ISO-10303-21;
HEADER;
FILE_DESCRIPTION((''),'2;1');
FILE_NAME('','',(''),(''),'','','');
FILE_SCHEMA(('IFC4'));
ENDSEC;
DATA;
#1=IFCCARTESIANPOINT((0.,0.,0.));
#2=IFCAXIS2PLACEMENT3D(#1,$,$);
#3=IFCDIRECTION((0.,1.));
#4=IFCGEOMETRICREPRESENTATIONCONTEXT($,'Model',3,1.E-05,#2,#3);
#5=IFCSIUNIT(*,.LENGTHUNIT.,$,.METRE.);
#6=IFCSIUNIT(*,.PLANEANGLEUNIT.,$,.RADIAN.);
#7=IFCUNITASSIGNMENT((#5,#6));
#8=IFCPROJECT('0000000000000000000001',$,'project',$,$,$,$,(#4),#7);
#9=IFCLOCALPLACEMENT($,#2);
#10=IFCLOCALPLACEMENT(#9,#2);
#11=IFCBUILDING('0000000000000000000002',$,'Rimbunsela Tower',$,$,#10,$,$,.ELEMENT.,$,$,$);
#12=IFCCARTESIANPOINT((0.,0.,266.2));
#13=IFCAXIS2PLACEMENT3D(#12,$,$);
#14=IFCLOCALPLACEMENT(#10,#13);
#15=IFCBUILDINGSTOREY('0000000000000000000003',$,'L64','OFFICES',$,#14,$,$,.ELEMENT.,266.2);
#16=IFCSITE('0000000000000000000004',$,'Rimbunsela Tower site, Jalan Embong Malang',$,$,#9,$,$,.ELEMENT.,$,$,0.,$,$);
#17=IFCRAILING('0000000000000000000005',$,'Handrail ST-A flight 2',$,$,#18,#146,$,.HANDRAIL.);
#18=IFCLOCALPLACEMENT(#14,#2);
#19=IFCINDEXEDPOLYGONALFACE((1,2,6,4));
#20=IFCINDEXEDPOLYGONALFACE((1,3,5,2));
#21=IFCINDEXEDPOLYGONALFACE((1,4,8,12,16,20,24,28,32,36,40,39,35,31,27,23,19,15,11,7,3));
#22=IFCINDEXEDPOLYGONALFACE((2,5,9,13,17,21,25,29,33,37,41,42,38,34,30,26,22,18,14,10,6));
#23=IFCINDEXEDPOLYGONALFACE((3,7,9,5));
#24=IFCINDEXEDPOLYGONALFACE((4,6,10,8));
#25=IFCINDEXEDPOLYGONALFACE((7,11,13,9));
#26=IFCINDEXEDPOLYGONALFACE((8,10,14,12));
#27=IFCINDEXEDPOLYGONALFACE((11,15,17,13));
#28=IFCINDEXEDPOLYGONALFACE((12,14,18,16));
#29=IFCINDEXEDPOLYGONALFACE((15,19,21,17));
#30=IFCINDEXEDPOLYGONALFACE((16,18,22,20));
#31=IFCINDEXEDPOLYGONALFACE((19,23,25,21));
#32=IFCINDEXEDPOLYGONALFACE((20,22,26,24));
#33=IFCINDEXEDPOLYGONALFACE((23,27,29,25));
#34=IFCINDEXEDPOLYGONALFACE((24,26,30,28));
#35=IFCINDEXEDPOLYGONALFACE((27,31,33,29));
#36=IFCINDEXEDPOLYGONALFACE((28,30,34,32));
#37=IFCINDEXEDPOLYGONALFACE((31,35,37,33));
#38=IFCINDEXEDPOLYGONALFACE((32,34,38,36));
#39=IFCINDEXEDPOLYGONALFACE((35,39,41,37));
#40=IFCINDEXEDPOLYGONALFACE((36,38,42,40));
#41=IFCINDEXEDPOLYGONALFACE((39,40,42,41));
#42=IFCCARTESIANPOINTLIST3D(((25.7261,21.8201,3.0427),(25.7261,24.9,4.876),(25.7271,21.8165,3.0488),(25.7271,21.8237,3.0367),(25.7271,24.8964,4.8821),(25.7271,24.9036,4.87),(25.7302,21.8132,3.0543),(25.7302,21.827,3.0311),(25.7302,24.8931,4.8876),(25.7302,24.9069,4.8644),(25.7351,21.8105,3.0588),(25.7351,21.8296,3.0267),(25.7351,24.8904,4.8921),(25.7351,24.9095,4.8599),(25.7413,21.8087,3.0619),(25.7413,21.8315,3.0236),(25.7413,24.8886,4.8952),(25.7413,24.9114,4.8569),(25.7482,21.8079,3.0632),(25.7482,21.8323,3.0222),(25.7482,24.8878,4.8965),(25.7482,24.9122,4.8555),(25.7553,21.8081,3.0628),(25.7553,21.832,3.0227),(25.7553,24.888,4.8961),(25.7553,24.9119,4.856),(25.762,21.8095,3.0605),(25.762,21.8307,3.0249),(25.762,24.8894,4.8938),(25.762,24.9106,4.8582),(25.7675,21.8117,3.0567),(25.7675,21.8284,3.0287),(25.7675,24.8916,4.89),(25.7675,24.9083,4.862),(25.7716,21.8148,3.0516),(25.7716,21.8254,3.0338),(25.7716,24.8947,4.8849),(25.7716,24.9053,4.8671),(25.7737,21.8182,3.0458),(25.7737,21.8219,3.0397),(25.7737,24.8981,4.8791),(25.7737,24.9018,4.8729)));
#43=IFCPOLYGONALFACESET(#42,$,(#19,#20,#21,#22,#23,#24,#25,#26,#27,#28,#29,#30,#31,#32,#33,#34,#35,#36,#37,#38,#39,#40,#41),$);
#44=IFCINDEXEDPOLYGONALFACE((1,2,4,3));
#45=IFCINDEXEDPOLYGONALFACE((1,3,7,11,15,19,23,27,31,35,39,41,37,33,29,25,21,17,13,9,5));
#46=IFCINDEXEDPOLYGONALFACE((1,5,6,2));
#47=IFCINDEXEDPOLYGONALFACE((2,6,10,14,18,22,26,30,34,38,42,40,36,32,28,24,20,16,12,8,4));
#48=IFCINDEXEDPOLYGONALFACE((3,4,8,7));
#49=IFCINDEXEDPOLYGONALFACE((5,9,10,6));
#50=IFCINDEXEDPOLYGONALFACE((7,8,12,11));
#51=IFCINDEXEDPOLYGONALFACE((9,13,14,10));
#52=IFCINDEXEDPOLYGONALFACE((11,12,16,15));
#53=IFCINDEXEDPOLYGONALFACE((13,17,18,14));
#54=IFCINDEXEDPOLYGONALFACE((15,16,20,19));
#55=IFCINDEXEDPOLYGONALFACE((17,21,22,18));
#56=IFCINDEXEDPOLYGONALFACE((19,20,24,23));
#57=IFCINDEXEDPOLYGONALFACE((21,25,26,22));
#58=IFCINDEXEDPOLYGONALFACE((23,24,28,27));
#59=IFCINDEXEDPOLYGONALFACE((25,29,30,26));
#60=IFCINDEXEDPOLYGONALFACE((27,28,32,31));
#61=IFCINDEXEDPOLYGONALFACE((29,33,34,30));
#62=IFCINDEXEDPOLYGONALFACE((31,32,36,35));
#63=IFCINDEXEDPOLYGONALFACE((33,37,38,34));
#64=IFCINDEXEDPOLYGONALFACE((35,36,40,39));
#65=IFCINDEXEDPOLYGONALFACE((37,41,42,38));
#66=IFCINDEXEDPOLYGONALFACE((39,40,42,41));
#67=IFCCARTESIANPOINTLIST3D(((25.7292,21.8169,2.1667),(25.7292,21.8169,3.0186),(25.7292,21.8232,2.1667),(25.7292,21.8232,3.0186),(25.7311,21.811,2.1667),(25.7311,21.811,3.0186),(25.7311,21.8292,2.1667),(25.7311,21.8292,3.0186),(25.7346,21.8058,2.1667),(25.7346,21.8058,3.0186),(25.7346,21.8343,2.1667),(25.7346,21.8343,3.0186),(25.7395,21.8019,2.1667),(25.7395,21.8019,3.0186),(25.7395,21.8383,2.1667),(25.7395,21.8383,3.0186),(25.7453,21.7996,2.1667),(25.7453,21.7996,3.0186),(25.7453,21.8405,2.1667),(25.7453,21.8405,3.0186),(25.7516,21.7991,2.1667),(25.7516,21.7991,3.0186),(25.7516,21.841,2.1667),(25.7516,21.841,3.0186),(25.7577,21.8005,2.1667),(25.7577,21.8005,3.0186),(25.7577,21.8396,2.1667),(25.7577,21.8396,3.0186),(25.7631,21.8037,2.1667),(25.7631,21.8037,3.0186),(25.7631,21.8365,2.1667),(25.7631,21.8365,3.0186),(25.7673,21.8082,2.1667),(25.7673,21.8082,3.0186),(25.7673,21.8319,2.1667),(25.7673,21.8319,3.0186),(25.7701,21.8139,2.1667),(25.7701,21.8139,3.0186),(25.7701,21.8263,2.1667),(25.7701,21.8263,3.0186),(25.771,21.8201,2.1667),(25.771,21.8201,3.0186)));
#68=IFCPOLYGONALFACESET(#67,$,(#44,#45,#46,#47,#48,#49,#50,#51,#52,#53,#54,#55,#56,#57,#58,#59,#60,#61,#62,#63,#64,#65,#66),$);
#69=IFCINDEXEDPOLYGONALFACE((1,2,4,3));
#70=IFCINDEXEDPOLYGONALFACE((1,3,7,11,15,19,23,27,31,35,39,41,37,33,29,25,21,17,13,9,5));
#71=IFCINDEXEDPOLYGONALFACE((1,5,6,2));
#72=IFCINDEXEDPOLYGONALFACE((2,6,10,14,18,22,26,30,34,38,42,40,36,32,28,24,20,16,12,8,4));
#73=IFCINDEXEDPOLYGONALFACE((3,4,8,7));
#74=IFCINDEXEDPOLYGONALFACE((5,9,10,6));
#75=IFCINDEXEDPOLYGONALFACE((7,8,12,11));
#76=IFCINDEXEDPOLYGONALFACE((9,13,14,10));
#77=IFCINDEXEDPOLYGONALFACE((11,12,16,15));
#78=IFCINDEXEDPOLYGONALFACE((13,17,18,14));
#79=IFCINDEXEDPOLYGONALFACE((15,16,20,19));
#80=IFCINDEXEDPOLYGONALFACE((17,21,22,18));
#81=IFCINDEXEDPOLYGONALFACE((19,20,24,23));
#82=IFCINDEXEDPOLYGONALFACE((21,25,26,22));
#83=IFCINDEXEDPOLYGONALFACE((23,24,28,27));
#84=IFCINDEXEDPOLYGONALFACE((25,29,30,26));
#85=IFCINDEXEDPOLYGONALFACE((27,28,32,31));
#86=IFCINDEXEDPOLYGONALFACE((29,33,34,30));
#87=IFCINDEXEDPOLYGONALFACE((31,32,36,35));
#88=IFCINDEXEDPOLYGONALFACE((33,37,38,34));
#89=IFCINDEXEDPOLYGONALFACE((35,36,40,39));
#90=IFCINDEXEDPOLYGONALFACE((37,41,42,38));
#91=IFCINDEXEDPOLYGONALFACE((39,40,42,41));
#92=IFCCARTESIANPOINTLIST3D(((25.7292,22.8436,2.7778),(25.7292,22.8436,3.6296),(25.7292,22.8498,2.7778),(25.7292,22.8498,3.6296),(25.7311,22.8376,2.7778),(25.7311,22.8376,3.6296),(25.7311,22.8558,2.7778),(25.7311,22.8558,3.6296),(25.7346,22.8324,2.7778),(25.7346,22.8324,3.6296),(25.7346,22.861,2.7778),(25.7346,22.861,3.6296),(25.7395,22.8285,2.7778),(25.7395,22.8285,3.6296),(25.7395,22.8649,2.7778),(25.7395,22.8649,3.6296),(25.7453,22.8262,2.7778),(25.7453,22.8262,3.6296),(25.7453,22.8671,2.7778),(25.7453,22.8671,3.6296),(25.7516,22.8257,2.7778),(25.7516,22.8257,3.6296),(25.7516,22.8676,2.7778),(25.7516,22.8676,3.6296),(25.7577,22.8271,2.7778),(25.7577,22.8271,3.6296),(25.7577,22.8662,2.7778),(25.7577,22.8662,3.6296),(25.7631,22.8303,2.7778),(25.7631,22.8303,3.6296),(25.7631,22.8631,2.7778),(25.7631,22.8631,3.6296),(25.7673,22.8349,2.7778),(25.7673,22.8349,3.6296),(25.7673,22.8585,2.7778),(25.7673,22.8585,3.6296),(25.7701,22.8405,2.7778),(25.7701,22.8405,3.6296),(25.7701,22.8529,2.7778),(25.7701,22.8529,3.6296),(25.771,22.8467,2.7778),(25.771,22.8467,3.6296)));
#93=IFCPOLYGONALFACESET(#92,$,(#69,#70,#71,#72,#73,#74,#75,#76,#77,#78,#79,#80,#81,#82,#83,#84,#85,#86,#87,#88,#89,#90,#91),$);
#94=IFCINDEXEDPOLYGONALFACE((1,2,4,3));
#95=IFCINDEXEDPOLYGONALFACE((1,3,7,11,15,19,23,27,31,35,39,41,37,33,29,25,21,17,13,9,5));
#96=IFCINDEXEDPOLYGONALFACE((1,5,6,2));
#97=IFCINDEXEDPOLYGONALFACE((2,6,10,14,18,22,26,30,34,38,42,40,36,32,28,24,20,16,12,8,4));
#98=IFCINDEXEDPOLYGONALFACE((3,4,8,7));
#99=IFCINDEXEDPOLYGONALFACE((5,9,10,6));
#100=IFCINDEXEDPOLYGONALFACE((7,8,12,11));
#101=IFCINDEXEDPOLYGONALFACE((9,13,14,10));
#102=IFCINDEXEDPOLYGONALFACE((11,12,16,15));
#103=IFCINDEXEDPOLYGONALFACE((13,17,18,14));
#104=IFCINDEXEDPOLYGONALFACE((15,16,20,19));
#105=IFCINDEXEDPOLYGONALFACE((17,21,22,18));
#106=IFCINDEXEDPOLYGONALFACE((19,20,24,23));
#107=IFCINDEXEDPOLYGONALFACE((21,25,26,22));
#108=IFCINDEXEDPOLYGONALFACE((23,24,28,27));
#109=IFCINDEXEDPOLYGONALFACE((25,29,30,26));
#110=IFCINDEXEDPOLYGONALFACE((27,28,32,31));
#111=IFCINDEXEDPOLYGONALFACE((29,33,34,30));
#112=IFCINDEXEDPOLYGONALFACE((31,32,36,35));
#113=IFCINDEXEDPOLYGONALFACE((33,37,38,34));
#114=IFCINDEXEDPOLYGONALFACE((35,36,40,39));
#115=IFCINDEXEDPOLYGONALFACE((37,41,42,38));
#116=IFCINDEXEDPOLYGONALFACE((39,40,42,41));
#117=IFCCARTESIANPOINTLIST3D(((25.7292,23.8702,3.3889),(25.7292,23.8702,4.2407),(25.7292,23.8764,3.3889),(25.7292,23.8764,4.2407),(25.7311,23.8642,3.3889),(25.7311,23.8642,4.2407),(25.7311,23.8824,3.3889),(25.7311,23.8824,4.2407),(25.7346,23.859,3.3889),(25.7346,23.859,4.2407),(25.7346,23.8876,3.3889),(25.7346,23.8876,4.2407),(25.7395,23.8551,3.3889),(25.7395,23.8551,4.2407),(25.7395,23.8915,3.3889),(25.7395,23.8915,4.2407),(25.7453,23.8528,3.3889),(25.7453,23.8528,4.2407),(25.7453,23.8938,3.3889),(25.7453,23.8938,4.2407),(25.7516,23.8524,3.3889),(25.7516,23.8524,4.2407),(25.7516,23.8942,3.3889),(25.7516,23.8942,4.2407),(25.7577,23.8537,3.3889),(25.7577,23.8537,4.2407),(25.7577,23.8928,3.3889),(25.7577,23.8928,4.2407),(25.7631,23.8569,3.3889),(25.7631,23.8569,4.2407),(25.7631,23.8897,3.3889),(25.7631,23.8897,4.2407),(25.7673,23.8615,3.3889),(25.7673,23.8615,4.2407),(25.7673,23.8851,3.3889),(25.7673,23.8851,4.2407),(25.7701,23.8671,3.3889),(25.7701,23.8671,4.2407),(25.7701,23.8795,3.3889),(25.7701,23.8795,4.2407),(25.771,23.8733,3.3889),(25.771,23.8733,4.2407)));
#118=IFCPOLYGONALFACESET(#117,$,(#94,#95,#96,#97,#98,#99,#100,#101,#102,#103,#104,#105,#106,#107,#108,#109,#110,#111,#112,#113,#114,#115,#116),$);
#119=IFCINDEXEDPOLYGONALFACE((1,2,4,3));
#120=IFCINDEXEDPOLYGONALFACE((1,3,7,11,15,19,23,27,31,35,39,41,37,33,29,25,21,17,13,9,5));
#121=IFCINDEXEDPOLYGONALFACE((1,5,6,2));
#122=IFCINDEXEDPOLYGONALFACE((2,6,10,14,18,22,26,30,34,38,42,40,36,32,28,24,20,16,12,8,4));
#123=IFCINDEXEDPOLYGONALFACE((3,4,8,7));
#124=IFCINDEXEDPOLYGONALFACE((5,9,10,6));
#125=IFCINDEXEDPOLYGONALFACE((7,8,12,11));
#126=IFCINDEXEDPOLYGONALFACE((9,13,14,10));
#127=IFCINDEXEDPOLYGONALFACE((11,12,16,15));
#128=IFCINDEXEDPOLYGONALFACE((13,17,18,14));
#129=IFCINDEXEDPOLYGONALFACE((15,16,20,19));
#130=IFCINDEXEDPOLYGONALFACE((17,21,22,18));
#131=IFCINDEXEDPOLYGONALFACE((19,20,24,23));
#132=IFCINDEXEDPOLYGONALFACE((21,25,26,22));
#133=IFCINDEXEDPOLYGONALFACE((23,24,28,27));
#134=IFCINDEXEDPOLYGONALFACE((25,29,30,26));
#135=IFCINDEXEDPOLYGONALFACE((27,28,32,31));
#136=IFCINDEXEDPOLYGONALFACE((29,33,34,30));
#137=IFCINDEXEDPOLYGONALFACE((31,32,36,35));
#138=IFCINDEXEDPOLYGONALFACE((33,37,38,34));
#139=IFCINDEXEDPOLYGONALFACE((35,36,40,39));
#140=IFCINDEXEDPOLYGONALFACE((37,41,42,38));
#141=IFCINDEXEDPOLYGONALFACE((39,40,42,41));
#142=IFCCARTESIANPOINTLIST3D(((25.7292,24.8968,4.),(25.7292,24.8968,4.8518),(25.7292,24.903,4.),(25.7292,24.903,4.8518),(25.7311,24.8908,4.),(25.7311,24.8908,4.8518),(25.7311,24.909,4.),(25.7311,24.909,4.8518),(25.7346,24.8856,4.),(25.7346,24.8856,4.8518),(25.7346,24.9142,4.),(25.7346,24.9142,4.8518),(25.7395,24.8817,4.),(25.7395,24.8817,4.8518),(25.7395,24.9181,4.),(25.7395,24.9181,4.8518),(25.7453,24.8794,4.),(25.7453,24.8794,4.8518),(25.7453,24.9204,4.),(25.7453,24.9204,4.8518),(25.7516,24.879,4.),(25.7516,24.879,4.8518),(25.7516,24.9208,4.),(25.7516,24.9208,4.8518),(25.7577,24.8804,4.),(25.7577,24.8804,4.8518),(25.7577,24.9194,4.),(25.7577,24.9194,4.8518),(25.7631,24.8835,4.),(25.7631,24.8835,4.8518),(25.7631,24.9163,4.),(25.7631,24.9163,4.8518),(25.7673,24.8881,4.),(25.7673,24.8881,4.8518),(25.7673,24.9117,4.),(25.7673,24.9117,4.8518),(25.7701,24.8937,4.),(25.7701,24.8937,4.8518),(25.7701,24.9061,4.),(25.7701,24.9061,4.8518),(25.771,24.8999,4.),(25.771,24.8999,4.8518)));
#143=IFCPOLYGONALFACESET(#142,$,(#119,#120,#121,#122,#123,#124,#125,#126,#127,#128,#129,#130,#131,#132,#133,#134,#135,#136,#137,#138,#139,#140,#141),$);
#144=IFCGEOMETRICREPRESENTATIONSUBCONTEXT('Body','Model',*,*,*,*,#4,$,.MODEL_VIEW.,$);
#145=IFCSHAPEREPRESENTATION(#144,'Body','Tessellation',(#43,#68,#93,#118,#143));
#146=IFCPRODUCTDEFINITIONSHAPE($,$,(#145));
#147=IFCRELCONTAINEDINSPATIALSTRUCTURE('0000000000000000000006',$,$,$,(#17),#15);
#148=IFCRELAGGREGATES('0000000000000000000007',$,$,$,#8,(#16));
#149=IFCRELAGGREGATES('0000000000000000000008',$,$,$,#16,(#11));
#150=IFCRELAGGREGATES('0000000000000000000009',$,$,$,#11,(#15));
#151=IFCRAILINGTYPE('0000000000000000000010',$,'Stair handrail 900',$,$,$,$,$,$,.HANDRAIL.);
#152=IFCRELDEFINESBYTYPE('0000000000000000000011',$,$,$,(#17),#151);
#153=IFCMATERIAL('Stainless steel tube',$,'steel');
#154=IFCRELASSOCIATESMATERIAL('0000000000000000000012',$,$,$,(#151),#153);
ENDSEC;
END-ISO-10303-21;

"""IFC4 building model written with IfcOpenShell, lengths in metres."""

from ifc_helpers import new_model, si_unit, direction, frame, origin, origin_2d, place, context, subcontext, project, spatial, circle, extrude, material, type_object, element, save


model = new_model("IFC4")

# Units and contexts
model_context = context("Model", 3, precision=1e-05, world=origin(), true_north=direction((0.0, 1.0)))
body_context = subcontext(model_context, "Body", "Model", "MODEL_VIEW")
ifc_project = project(units=[si_unit("LENGTHUNIT", "METRE"), si_unit("PLANEANGLEUNIT", "RADIAN")], contexts=[model_context])

# Site, building, storey
site_placement = place(None, origin())
site = spatial("IfcSite", under=ifc_project, at=site_placement, Name="Rimbunsela Tower site, Jalan Embong Malang", CompositionType="ELEMENT", RefElevation=0.0)
building_placement = place(site_placement, origin())
building = spatial("IfcBuilding", under=site, at=building_placement, Name="Rimbunsela Tower", CompositionType="ELEMENT")
storey_placement = place(building_placement, frame((0.0, 0.0, 266.2)))
storey = spatial("IfcBuildingStorey", under=building, at=storey_placement, Name="L64", Description="OFFICES", CompositionType="ELEMENT", Elevation=266.2)

# Railing
ifc_material_1 = material(Name="Stainless steel tube", Category="steel")
railing_type = type_object("IfcRailingType", Name="Stair handrail 900", PredefinedType="HANDRAIL", material=ifc_material_1)
for number, where, name in (
    (1, (25.75, 21.8201, 2.1667), "Handrail ST-A flight 2"),
):
    element("IfcRailing", number, at=place(storey_placement, frame(where)), inside=storey, type_object=railing_type, Name=name, PredefinedType="HANDRAIL", context=body_context, shape_type="SweptSolid", body=[
        extrude(circle(Radius=0.0239, at=origin_2d()), frame((0.0, 0.0, 0.876), z_axis=(0.0, 0.859291, 0.511487), x_axis=(-1.0, 0.0, 0.0)), (0.0, 0.0, 1.0), 3.5842),
        extrude(circle(Radius=0.021, at=origin_2d()), origin(), (0.0, 0.0, 1.0), 0.8518),
        extrude(circle(Radius=0.021, at=origin_2d()), frame((0.0, 1.0266, 0.6111)), (0.0, 0.0, 1.0), 0.8518),
        extrude(circle(Radius=0.021, at=origin_2d()), frame((0.0, 2.0532, 1.2222)), (0.0, 0.0, 1.0), 0.8518),
        extrude(circle(Radius=0.021, at=origin_2d()), frame((0.0, 3.0798, 1.8333)), (0.0, 0.0, 1.0), 0.8518),
    ])

save(model, "model.ifc")
